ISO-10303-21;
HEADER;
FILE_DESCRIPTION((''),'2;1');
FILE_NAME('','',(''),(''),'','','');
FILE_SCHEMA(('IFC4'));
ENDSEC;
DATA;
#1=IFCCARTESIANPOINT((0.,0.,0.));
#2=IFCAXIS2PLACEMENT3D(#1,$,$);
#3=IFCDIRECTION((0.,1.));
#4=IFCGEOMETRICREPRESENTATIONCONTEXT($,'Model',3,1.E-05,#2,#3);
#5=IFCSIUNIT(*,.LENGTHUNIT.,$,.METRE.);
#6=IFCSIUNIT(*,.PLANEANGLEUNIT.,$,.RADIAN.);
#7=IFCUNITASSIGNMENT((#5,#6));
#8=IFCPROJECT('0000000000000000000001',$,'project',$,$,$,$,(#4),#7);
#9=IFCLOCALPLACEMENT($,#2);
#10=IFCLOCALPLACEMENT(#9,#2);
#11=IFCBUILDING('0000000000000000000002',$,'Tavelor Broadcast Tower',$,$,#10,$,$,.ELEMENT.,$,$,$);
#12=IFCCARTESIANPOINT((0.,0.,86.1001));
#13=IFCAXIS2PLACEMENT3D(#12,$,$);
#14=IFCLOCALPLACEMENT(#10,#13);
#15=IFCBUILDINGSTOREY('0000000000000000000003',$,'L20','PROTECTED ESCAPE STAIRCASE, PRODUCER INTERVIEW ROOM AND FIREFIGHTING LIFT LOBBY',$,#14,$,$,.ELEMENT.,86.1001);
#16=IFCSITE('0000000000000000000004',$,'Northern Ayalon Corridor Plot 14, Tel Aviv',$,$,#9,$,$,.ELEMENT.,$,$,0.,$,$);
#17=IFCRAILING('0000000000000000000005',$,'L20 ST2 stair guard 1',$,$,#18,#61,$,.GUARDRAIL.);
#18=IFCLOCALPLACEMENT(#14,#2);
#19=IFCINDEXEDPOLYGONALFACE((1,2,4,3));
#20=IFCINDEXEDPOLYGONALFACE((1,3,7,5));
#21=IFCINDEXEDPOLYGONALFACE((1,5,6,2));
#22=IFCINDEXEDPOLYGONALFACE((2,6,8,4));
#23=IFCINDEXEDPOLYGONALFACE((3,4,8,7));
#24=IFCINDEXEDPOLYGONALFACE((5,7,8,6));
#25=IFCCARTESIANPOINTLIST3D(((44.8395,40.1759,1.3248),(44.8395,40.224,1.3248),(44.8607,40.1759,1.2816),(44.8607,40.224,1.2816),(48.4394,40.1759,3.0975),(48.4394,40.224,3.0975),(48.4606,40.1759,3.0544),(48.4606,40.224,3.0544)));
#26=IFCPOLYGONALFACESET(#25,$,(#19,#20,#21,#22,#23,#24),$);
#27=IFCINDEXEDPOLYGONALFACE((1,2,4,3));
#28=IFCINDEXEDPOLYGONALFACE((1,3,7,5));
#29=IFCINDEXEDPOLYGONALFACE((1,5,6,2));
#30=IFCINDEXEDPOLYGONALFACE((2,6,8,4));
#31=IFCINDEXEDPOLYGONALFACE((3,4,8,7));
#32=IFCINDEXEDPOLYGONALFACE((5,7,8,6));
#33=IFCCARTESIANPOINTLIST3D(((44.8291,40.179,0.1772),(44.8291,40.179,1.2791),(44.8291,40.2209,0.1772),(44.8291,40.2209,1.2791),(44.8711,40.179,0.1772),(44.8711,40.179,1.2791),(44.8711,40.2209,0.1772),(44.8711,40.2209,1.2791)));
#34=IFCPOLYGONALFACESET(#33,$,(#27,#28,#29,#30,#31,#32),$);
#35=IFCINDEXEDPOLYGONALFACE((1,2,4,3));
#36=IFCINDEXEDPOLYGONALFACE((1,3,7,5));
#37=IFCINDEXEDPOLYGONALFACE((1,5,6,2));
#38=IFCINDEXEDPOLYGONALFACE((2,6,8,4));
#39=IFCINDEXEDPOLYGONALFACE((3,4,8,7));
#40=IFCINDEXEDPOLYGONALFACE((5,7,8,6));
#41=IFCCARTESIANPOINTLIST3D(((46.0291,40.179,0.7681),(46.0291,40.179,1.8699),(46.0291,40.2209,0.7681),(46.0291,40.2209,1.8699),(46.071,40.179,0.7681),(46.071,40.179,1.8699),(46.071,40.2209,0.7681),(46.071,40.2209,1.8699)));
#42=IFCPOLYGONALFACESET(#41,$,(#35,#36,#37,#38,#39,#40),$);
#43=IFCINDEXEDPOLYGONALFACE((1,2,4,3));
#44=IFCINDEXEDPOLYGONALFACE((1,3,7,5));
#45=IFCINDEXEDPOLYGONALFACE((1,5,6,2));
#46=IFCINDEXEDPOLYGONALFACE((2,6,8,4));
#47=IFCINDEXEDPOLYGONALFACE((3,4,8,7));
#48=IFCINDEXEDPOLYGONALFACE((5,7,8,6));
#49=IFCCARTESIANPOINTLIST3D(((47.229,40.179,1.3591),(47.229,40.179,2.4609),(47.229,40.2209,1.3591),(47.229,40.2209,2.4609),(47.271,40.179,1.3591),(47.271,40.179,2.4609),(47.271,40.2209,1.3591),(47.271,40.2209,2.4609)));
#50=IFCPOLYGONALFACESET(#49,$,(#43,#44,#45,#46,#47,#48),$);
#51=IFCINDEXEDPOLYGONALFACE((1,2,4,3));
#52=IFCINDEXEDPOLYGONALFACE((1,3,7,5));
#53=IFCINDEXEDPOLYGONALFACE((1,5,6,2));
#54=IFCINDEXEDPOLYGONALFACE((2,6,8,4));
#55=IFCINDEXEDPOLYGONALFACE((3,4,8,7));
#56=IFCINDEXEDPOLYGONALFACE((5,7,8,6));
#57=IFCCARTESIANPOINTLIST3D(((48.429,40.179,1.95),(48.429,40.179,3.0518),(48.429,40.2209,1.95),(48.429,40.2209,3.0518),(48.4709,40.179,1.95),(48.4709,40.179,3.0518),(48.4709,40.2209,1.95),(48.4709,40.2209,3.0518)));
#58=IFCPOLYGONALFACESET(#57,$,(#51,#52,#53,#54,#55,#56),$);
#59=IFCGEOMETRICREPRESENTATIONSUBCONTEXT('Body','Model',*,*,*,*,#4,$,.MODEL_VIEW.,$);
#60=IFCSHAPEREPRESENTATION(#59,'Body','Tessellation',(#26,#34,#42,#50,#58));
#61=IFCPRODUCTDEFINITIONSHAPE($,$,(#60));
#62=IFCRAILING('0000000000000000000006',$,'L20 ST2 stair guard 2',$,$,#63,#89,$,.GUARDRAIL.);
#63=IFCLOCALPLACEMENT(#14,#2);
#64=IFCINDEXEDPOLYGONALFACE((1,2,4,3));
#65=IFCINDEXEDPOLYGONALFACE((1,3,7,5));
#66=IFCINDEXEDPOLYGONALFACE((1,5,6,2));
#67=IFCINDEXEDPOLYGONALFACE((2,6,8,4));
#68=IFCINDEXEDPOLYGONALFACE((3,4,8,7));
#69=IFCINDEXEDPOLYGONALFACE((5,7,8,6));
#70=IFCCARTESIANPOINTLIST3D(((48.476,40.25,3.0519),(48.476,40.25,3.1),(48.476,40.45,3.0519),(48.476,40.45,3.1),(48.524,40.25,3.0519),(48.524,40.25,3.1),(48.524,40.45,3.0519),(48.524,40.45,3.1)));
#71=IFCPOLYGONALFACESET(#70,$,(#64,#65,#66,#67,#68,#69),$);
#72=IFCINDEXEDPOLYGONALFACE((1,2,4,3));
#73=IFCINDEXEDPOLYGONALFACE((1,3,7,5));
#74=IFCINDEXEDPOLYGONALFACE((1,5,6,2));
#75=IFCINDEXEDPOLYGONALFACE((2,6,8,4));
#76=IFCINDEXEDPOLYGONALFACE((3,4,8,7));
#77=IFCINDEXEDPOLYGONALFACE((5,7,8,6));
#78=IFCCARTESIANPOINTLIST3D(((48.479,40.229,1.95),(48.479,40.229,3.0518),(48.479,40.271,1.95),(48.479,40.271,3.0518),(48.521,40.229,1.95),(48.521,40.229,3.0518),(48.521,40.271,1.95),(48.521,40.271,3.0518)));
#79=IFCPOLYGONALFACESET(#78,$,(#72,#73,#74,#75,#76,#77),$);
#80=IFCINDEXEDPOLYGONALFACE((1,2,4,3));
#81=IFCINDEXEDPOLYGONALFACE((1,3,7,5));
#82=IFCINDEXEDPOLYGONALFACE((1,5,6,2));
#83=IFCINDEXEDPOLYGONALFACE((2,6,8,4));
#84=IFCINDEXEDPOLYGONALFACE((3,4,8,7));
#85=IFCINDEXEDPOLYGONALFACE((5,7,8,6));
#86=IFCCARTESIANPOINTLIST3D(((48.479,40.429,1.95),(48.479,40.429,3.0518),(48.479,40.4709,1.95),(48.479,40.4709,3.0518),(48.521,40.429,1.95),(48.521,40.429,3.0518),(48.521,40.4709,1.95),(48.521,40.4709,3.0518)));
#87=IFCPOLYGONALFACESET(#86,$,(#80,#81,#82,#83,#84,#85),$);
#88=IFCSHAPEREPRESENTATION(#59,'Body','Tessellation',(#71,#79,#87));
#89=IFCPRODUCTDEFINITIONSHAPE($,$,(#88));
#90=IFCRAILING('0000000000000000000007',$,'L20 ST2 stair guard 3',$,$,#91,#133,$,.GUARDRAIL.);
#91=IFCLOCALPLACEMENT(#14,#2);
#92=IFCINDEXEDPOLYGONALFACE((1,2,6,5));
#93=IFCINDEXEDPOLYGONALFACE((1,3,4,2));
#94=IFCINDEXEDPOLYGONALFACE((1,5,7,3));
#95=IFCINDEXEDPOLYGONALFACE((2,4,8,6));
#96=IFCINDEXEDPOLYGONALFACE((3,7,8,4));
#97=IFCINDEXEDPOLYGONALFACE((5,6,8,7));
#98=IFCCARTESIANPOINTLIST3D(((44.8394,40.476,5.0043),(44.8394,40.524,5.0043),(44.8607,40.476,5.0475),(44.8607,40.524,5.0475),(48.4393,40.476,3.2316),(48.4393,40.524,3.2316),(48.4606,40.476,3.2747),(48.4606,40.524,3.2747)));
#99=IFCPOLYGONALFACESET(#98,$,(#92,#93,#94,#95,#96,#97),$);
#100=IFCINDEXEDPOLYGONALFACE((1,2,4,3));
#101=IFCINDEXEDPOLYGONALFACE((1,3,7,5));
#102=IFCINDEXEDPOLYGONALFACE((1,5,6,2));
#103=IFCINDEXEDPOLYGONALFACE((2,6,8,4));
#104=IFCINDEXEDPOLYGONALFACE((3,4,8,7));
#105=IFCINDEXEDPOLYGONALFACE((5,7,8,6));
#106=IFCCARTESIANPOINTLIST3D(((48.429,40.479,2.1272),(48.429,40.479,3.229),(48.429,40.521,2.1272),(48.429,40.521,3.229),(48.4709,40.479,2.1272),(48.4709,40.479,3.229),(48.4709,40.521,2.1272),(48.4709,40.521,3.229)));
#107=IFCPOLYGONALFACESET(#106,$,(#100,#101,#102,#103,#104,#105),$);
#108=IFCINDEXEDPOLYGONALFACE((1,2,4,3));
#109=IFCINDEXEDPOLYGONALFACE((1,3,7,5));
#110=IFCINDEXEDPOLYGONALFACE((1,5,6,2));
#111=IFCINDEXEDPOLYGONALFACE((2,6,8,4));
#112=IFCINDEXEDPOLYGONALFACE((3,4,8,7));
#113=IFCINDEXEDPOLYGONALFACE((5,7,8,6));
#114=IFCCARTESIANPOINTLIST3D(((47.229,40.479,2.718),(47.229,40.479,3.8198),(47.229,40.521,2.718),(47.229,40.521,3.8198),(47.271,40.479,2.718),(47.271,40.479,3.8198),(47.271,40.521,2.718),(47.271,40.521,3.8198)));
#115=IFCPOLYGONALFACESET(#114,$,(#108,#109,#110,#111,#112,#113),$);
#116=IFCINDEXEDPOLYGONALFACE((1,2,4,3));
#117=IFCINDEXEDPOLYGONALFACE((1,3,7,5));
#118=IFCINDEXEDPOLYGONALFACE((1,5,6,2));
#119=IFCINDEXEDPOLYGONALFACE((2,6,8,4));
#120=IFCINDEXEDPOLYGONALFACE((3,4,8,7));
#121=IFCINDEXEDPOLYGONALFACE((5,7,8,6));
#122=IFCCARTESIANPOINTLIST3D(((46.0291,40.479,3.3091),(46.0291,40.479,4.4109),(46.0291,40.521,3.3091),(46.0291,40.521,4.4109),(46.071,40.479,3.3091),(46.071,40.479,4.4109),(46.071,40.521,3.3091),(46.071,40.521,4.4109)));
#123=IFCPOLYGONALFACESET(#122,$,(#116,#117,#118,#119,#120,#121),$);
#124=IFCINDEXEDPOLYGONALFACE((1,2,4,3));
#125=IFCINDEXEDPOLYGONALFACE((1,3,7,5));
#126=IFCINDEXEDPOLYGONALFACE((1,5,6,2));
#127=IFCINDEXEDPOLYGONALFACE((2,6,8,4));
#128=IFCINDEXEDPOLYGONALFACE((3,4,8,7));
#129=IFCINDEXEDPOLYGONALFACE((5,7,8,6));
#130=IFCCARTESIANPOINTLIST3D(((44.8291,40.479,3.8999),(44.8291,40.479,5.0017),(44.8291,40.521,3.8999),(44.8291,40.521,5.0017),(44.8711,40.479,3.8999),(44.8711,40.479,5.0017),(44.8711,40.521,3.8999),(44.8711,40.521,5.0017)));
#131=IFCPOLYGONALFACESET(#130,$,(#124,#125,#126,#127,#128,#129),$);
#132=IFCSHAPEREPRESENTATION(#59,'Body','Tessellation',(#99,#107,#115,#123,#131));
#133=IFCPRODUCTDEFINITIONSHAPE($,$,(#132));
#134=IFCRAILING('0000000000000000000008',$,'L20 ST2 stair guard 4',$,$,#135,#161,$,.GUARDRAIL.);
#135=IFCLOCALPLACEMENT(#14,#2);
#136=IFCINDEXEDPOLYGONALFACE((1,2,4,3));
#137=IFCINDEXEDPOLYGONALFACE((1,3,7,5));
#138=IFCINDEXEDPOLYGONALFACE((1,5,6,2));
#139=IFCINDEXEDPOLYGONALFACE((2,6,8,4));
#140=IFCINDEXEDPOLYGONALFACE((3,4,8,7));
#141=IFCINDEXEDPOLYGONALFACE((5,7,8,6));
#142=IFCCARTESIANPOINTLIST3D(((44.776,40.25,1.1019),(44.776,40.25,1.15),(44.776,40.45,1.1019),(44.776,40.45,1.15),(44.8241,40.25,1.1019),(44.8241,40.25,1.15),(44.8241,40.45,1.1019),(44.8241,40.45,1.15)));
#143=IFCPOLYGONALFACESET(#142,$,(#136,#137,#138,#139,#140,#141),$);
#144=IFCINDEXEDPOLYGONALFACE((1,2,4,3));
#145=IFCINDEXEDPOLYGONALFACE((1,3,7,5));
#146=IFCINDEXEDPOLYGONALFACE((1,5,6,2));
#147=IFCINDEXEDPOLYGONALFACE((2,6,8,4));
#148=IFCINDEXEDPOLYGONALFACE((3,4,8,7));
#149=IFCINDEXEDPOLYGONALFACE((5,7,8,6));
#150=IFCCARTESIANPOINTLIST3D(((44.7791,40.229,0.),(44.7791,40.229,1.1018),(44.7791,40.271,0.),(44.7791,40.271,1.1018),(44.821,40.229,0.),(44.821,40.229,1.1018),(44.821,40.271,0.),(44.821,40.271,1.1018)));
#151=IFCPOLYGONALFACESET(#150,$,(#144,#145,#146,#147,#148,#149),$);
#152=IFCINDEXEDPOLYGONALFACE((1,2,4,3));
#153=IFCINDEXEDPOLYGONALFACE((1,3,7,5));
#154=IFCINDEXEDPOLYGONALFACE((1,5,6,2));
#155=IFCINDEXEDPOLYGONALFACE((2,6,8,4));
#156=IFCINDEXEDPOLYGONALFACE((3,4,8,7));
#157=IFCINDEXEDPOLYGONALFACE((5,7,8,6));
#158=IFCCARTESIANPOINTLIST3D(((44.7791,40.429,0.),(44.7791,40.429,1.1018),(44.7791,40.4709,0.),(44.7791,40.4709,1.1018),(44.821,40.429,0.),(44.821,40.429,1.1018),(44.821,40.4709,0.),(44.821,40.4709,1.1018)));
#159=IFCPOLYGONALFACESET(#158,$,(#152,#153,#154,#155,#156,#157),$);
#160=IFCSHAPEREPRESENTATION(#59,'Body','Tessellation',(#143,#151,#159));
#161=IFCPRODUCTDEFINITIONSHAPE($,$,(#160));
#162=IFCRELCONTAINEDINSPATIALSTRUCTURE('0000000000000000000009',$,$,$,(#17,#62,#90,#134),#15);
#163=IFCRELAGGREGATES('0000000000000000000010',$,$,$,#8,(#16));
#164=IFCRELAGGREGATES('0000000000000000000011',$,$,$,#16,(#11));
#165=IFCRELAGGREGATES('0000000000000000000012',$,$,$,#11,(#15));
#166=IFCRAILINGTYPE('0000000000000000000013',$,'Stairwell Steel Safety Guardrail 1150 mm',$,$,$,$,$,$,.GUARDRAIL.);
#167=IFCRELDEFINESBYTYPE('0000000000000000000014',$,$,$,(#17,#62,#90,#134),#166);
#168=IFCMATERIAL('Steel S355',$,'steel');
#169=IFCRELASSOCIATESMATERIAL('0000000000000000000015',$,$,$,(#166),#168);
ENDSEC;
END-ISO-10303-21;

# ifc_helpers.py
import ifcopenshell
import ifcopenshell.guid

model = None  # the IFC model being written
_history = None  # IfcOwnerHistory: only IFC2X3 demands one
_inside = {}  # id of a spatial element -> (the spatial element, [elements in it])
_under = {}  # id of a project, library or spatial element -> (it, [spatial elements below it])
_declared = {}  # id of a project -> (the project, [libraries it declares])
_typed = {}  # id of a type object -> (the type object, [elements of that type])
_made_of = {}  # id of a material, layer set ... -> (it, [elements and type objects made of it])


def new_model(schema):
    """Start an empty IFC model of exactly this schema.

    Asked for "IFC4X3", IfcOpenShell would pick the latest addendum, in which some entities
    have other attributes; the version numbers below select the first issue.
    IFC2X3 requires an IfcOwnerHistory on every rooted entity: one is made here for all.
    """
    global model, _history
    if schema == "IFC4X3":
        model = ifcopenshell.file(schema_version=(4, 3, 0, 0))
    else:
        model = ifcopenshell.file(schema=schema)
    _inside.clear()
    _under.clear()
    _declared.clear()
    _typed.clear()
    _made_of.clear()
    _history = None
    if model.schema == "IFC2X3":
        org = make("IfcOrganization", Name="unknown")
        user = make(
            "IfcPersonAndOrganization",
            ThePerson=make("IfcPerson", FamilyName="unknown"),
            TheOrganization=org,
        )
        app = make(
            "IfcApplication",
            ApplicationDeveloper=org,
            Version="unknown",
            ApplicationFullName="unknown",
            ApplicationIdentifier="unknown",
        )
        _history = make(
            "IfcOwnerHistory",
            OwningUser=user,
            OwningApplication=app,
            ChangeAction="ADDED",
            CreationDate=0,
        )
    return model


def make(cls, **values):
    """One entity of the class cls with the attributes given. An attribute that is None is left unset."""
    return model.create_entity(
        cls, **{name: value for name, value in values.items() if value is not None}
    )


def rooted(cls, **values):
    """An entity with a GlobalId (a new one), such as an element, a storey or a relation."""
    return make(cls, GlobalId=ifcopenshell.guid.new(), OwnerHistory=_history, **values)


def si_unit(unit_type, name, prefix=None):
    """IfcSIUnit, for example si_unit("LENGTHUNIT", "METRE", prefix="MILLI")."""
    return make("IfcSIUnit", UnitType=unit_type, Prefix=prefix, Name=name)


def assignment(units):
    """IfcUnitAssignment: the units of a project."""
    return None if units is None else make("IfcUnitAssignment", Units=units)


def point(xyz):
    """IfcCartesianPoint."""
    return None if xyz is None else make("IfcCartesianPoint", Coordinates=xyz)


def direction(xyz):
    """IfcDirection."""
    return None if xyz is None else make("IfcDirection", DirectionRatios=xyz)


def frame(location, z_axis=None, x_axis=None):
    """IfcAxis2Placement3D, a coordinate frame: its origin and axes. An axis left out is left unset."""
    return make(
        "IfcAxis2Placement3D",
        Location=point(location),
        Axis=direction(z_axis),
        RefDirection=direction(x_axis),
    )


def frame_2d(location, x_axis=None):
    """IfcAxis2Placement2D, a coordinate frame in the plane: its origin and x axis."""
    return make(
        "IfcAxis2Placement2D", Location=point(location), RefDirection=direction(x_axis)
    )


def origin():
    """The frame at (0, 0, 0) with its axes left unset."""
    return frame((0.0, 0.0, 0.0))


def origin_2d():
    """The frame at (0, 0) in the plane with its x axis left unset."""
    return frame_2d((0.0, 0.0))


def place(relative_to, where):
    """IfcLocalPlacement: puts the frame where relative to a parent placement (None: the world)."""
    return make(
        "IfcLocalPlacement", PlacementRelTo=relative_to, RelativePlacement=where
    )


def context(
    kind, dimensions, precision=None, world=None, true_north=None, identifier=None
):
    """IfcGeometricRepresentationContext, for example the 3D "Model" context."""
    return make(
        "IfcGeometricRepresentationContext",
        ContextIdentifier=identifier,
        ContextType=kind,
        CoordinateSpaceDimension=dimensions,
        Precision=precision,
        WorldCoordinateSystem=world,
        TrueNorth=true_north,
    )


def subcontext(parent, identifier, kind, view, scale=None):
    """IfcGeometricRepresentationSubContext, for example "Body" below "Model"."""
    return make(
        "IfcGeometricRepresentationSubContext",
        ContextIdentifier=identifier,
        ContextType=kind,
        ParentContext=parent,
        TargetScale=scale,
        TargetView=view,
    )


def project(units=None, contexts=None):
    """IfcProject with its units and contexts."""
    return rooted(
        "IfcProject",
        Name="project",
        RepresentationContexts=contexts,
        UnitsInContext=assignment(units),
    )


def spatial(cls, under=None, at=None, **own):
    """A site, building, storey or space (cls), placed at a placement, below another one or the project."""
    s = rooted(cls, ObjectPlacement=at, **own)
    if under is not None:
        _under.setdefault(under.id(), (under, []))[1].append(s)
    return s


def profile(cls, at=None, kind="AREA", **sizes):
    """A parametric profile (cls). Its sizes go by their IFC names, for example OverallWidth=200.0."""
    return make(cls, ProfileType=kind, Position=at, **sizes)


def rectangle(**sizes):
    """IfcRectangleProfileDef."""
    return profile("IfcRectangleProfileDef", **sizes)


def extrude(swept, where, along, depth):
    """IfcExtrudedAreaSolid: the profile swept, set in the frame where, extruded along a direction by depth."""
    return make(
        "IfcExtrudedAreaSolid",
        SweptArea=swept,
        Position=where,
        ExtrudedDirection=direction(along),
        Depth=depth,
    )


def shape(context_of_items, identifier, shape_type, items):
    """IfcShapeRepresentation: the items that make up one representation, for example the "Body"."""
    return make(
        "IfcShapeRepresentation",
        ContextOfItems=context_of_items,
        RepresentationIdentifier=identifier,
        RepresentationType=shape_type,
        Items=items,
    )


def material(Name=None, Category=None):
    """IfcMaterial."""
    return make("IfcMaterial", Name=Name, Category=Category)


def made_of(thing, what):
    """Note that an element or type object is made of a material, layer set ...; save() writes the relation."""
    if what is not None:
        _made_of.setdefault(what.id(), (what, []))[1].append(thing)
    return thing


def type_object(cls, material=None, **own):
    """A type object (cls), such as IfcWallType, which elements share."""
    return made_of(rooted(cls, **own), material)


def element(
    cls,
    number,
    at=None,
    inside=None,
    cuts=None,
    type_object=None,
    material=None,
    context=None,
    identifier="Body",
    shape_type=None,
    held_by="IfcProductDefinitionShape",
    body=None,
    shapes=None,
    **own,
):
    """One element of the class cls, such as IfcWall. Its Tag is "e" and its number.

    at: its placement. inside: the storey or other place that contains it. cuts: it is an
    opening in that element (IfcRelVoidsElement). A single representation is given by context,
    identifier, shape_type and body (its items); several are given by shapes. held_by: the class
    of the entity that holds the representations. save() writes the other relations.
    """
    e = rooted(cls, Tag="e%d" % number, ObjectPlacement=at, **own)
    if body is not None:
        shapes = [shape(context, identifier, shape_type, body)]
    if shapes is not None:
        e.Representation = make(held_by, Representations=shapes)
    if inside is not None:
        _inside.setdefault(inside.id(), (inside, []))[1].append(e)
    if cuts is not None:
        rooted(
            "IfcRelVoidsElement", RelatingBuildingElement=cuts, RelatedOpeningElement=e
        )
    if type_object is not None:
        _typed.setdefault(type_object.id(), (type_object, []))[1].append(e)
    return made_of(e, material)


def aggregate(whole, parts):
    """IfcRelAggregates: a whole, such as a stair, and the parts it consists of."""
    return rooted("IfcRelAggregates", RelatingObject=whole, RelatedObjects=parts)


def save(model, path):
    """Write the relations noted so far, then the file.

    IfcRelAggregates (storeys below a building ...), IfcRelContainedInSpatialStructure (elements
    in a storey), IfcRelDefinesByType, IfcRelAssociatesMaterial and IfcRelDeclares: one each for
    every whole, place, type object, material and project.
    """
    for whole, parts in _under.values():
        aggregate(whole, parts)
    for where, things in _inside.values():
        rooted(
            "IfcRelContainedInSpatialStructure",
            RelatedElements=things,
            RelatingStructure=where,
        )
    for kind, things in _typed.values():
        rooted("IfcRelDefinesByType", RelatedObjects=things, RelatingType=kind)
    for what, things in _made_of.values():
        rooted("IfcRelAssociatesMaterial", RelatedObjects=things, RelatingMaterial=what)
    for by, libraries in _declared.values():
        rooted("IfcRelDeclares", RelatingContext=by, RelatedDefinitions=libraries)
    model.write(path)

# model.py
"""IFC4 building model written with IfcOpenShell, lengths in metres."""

from ifc_helpers import new_model, si_unit, direction, frame, origin, origin_2d, place, context, subcontext, project, spatial, rectangle, extrude, material, type_object, element, save


model = new_model("IFC4")

# Units and contexts
model_context = context("Model", 3, precision=1e-05, world=origin(), true_north=direction((0.0, 1.0)))
body_context = subcontext(model_context, "Body", "Model", "MODEL_VIEW")
ifc_project = project(units=[si_unit("LENGTHUNIT", "METRE"), si_unit("PLANEANGLEUNIT", "RADIAN")], contexts=[model_context])

# Site, building, storey
site_placement = place(None, origin())
site = spatial("IfcSite", under=ifc_project, at=site_placement, Name="Northern Ayalon Corridor Plot 14, Tel Aviv", CompositionType="ELEMENT", RefElevation=0.0)
building_placement = place(site_placement, origin())
building = spatial("IfcBuilding", under=site, at=building_placement, Name="Tavelor Broadcast Tower", CompositionType="ELEMENT")
storey_placement = place(building_placement, frame((0.0, 0.0, 86.1001)))
storey = spatial("IfcBuildingStorey", under=building, at=storey_placement, Name="L20", Description="PROTECTED ESCAPE STAIRCASE, PRODUCER INTERVIEW ROOM AND FIREFIGHTING LIFT LOBBY", CompositionType="ELEMENT", Elevation=86.1001)

# Shared definitions
ifc_material_1 = material(Name="Steel S355", Category="steel")

# Railings
railing_type_1 = type_object("IfcRailingType", Name="Stairwell Steel Safety Guardrail 1150 mm", PredefinedType="GUARDRAIL", material=ifc_material_1)
railing_1_placement = place(storey_placement, frame((44.8501, 40.2, 0.1772)))
element("IfcRailing", 1, at=railing_1_placement, inside=storey, type_object=railing_type_1, Name="L20 ST2 stair guard 1", PredefinedType="GUARDRAIL", context=body_context, shape_type="SweptSolid", body=[
    extrude(rectangle(XDim=0.0481, YDim=0.0481, at=origin_2d()), frame((0.0, 0.0, 1.126), z_axis=(0.897124, 0.0, 0.441778), x_axis=(0.0, 1.0, 0.0)), (0.0, 0.0, 1.0), 4.0127),
    extrude(rectangle(XDim=0.042, YDim=0.042, at=origin_2d()), origin(), (0.0, 0.0, 1.0), 1.1018),
    extrude(rectangle(XDim=0.042, YDim=0.042, at=origin_2d()), frame((1.2, 0.0, 0.5908)), (0.0, 0.0, 1.0), 1.1018),
    extrude(rectangle(XDim=0.042, YDim=0.042, at=origin_2d()), frame((2.3999, 0.0, 1.1819)), (0.0, 0.0, 1.0), 1.1018),
    extrude(rectangle(XDim=0.042, YDim=0.042, at=origin_2d()), frame((3.5999, 0.0, 1.7727)), (0.0, 0.0, 1.0), 1.1018),
])
railing_2_placement = place(storey_placement, frame((48.5, 40.25, 1.95)))
element("IfcRailing", 2, at=railing_2_placement, inside=storey, type_object=railing_type_1, Name="L20 ST2 stair guard 2", PredefinedType="GUARDRAIL", context=body_context, shape_type="SweptSolid", body=[
    extrude(rectangle(XDim=0.0481, YDim=0.0481, at=origin_2d()), frame((0.0, 0.0, 1.126), z_axis=(0.0, 1.0, 0.0), x_axis=(-1.0, 0.0, 0.0)), (0.0, 0.0, 1.0), 0.2),
    extrude(rectangle(XDim=0.042, YDim=0.042, at=origin_2d()), origin(), (0.0, 0.0, 1.0), 1.1018),
    extrude(rectangle(XDim=0.042, YDim=0.042, at=origin_2d()), frame((0.0, 0.2, 0.0)), (0.0, 0.0, 1.0), 1.1018),
])
railing_3_placement = place(storey_placement, frame((48.45, 40.5, 2.1272)))
element("IfcRailing", 3, at=railing_3_placement, inside=storey, type_object=railing_type_1, Name="L20 ST2 stair guard 3", PredefinedType="GUARDRAIL", context=body_context, shape_type="SweptSolid", body=[
    extrude(rectangle(XDim=0.0481, YDim=0.0481, at=origin_2d()), frame((0.0, 0.0, 1.126), z_axis=(-0.897124, 0.0, 0.441778), x_axis=(0.0, -1.0, 0.0)), (0.0, 0.0, 1.0), 4.0127),
    extrude(rectangle(XDim=0.042, YDim=0.042, at=origin_2d()), origin(), (0.0, 0.0, 1.0), 1.1018),
    extrude(rectangle(XDim=0.042, YDim=0.042, at=origin_2d()), frame((-1.2, 0.0, 0.5908)), (0.0, 0.0, 1.0), 1.1018),
    extrude(rectangle(XDim=0.042, YDim=0.042, at=origin_2d()), frame((-2.3999, 0.0, 1.1819)), (0.0, 0.0, 1.0), 1.1018),
    extrude(rectangle(XDim=0.042, YDim=0.042, at=origin_2d()), frame((-3.5999, 0.0, 1.7727)), (0.0, 0.0, 1.0), 1.1018),
])
railing_4_placement = place(storey_placement, frame((44.8, 40.25, 0.0)))
element("IfcRailing", 4, at=railing_4_placement, inside=storey, type_object=railing_type_1, Name="L20 ST2 stair guard 4", PredefinedType="GUARDRAIL", context=body_context, shape_type="SweptSolid", body=[
    extrude(rectangle(XDim=0.0481, YDim=0.0481, at=origin_2d()), frame((0.0, 0.0, 1.126), z_axis=(0.0, 1.0, 0.0), x_axis=(-1.0, 0.0, 0.0)), (0.0, 0.0, 1.0), 0.2),
    extrude(rectangle(XDim=0.042, YDim=0.042, at=origin_2d()), origin(), (0.0, 0.0, 1.0), 1.1018),
    extrude(rectangle(XDim=0.042, YDim=0.042, at=origin_2d()), frame((0.0, 0.2, 0.0)), (0.0, 0.0, 1.0), 1.1018),
])

save(model, "model.ifc")
